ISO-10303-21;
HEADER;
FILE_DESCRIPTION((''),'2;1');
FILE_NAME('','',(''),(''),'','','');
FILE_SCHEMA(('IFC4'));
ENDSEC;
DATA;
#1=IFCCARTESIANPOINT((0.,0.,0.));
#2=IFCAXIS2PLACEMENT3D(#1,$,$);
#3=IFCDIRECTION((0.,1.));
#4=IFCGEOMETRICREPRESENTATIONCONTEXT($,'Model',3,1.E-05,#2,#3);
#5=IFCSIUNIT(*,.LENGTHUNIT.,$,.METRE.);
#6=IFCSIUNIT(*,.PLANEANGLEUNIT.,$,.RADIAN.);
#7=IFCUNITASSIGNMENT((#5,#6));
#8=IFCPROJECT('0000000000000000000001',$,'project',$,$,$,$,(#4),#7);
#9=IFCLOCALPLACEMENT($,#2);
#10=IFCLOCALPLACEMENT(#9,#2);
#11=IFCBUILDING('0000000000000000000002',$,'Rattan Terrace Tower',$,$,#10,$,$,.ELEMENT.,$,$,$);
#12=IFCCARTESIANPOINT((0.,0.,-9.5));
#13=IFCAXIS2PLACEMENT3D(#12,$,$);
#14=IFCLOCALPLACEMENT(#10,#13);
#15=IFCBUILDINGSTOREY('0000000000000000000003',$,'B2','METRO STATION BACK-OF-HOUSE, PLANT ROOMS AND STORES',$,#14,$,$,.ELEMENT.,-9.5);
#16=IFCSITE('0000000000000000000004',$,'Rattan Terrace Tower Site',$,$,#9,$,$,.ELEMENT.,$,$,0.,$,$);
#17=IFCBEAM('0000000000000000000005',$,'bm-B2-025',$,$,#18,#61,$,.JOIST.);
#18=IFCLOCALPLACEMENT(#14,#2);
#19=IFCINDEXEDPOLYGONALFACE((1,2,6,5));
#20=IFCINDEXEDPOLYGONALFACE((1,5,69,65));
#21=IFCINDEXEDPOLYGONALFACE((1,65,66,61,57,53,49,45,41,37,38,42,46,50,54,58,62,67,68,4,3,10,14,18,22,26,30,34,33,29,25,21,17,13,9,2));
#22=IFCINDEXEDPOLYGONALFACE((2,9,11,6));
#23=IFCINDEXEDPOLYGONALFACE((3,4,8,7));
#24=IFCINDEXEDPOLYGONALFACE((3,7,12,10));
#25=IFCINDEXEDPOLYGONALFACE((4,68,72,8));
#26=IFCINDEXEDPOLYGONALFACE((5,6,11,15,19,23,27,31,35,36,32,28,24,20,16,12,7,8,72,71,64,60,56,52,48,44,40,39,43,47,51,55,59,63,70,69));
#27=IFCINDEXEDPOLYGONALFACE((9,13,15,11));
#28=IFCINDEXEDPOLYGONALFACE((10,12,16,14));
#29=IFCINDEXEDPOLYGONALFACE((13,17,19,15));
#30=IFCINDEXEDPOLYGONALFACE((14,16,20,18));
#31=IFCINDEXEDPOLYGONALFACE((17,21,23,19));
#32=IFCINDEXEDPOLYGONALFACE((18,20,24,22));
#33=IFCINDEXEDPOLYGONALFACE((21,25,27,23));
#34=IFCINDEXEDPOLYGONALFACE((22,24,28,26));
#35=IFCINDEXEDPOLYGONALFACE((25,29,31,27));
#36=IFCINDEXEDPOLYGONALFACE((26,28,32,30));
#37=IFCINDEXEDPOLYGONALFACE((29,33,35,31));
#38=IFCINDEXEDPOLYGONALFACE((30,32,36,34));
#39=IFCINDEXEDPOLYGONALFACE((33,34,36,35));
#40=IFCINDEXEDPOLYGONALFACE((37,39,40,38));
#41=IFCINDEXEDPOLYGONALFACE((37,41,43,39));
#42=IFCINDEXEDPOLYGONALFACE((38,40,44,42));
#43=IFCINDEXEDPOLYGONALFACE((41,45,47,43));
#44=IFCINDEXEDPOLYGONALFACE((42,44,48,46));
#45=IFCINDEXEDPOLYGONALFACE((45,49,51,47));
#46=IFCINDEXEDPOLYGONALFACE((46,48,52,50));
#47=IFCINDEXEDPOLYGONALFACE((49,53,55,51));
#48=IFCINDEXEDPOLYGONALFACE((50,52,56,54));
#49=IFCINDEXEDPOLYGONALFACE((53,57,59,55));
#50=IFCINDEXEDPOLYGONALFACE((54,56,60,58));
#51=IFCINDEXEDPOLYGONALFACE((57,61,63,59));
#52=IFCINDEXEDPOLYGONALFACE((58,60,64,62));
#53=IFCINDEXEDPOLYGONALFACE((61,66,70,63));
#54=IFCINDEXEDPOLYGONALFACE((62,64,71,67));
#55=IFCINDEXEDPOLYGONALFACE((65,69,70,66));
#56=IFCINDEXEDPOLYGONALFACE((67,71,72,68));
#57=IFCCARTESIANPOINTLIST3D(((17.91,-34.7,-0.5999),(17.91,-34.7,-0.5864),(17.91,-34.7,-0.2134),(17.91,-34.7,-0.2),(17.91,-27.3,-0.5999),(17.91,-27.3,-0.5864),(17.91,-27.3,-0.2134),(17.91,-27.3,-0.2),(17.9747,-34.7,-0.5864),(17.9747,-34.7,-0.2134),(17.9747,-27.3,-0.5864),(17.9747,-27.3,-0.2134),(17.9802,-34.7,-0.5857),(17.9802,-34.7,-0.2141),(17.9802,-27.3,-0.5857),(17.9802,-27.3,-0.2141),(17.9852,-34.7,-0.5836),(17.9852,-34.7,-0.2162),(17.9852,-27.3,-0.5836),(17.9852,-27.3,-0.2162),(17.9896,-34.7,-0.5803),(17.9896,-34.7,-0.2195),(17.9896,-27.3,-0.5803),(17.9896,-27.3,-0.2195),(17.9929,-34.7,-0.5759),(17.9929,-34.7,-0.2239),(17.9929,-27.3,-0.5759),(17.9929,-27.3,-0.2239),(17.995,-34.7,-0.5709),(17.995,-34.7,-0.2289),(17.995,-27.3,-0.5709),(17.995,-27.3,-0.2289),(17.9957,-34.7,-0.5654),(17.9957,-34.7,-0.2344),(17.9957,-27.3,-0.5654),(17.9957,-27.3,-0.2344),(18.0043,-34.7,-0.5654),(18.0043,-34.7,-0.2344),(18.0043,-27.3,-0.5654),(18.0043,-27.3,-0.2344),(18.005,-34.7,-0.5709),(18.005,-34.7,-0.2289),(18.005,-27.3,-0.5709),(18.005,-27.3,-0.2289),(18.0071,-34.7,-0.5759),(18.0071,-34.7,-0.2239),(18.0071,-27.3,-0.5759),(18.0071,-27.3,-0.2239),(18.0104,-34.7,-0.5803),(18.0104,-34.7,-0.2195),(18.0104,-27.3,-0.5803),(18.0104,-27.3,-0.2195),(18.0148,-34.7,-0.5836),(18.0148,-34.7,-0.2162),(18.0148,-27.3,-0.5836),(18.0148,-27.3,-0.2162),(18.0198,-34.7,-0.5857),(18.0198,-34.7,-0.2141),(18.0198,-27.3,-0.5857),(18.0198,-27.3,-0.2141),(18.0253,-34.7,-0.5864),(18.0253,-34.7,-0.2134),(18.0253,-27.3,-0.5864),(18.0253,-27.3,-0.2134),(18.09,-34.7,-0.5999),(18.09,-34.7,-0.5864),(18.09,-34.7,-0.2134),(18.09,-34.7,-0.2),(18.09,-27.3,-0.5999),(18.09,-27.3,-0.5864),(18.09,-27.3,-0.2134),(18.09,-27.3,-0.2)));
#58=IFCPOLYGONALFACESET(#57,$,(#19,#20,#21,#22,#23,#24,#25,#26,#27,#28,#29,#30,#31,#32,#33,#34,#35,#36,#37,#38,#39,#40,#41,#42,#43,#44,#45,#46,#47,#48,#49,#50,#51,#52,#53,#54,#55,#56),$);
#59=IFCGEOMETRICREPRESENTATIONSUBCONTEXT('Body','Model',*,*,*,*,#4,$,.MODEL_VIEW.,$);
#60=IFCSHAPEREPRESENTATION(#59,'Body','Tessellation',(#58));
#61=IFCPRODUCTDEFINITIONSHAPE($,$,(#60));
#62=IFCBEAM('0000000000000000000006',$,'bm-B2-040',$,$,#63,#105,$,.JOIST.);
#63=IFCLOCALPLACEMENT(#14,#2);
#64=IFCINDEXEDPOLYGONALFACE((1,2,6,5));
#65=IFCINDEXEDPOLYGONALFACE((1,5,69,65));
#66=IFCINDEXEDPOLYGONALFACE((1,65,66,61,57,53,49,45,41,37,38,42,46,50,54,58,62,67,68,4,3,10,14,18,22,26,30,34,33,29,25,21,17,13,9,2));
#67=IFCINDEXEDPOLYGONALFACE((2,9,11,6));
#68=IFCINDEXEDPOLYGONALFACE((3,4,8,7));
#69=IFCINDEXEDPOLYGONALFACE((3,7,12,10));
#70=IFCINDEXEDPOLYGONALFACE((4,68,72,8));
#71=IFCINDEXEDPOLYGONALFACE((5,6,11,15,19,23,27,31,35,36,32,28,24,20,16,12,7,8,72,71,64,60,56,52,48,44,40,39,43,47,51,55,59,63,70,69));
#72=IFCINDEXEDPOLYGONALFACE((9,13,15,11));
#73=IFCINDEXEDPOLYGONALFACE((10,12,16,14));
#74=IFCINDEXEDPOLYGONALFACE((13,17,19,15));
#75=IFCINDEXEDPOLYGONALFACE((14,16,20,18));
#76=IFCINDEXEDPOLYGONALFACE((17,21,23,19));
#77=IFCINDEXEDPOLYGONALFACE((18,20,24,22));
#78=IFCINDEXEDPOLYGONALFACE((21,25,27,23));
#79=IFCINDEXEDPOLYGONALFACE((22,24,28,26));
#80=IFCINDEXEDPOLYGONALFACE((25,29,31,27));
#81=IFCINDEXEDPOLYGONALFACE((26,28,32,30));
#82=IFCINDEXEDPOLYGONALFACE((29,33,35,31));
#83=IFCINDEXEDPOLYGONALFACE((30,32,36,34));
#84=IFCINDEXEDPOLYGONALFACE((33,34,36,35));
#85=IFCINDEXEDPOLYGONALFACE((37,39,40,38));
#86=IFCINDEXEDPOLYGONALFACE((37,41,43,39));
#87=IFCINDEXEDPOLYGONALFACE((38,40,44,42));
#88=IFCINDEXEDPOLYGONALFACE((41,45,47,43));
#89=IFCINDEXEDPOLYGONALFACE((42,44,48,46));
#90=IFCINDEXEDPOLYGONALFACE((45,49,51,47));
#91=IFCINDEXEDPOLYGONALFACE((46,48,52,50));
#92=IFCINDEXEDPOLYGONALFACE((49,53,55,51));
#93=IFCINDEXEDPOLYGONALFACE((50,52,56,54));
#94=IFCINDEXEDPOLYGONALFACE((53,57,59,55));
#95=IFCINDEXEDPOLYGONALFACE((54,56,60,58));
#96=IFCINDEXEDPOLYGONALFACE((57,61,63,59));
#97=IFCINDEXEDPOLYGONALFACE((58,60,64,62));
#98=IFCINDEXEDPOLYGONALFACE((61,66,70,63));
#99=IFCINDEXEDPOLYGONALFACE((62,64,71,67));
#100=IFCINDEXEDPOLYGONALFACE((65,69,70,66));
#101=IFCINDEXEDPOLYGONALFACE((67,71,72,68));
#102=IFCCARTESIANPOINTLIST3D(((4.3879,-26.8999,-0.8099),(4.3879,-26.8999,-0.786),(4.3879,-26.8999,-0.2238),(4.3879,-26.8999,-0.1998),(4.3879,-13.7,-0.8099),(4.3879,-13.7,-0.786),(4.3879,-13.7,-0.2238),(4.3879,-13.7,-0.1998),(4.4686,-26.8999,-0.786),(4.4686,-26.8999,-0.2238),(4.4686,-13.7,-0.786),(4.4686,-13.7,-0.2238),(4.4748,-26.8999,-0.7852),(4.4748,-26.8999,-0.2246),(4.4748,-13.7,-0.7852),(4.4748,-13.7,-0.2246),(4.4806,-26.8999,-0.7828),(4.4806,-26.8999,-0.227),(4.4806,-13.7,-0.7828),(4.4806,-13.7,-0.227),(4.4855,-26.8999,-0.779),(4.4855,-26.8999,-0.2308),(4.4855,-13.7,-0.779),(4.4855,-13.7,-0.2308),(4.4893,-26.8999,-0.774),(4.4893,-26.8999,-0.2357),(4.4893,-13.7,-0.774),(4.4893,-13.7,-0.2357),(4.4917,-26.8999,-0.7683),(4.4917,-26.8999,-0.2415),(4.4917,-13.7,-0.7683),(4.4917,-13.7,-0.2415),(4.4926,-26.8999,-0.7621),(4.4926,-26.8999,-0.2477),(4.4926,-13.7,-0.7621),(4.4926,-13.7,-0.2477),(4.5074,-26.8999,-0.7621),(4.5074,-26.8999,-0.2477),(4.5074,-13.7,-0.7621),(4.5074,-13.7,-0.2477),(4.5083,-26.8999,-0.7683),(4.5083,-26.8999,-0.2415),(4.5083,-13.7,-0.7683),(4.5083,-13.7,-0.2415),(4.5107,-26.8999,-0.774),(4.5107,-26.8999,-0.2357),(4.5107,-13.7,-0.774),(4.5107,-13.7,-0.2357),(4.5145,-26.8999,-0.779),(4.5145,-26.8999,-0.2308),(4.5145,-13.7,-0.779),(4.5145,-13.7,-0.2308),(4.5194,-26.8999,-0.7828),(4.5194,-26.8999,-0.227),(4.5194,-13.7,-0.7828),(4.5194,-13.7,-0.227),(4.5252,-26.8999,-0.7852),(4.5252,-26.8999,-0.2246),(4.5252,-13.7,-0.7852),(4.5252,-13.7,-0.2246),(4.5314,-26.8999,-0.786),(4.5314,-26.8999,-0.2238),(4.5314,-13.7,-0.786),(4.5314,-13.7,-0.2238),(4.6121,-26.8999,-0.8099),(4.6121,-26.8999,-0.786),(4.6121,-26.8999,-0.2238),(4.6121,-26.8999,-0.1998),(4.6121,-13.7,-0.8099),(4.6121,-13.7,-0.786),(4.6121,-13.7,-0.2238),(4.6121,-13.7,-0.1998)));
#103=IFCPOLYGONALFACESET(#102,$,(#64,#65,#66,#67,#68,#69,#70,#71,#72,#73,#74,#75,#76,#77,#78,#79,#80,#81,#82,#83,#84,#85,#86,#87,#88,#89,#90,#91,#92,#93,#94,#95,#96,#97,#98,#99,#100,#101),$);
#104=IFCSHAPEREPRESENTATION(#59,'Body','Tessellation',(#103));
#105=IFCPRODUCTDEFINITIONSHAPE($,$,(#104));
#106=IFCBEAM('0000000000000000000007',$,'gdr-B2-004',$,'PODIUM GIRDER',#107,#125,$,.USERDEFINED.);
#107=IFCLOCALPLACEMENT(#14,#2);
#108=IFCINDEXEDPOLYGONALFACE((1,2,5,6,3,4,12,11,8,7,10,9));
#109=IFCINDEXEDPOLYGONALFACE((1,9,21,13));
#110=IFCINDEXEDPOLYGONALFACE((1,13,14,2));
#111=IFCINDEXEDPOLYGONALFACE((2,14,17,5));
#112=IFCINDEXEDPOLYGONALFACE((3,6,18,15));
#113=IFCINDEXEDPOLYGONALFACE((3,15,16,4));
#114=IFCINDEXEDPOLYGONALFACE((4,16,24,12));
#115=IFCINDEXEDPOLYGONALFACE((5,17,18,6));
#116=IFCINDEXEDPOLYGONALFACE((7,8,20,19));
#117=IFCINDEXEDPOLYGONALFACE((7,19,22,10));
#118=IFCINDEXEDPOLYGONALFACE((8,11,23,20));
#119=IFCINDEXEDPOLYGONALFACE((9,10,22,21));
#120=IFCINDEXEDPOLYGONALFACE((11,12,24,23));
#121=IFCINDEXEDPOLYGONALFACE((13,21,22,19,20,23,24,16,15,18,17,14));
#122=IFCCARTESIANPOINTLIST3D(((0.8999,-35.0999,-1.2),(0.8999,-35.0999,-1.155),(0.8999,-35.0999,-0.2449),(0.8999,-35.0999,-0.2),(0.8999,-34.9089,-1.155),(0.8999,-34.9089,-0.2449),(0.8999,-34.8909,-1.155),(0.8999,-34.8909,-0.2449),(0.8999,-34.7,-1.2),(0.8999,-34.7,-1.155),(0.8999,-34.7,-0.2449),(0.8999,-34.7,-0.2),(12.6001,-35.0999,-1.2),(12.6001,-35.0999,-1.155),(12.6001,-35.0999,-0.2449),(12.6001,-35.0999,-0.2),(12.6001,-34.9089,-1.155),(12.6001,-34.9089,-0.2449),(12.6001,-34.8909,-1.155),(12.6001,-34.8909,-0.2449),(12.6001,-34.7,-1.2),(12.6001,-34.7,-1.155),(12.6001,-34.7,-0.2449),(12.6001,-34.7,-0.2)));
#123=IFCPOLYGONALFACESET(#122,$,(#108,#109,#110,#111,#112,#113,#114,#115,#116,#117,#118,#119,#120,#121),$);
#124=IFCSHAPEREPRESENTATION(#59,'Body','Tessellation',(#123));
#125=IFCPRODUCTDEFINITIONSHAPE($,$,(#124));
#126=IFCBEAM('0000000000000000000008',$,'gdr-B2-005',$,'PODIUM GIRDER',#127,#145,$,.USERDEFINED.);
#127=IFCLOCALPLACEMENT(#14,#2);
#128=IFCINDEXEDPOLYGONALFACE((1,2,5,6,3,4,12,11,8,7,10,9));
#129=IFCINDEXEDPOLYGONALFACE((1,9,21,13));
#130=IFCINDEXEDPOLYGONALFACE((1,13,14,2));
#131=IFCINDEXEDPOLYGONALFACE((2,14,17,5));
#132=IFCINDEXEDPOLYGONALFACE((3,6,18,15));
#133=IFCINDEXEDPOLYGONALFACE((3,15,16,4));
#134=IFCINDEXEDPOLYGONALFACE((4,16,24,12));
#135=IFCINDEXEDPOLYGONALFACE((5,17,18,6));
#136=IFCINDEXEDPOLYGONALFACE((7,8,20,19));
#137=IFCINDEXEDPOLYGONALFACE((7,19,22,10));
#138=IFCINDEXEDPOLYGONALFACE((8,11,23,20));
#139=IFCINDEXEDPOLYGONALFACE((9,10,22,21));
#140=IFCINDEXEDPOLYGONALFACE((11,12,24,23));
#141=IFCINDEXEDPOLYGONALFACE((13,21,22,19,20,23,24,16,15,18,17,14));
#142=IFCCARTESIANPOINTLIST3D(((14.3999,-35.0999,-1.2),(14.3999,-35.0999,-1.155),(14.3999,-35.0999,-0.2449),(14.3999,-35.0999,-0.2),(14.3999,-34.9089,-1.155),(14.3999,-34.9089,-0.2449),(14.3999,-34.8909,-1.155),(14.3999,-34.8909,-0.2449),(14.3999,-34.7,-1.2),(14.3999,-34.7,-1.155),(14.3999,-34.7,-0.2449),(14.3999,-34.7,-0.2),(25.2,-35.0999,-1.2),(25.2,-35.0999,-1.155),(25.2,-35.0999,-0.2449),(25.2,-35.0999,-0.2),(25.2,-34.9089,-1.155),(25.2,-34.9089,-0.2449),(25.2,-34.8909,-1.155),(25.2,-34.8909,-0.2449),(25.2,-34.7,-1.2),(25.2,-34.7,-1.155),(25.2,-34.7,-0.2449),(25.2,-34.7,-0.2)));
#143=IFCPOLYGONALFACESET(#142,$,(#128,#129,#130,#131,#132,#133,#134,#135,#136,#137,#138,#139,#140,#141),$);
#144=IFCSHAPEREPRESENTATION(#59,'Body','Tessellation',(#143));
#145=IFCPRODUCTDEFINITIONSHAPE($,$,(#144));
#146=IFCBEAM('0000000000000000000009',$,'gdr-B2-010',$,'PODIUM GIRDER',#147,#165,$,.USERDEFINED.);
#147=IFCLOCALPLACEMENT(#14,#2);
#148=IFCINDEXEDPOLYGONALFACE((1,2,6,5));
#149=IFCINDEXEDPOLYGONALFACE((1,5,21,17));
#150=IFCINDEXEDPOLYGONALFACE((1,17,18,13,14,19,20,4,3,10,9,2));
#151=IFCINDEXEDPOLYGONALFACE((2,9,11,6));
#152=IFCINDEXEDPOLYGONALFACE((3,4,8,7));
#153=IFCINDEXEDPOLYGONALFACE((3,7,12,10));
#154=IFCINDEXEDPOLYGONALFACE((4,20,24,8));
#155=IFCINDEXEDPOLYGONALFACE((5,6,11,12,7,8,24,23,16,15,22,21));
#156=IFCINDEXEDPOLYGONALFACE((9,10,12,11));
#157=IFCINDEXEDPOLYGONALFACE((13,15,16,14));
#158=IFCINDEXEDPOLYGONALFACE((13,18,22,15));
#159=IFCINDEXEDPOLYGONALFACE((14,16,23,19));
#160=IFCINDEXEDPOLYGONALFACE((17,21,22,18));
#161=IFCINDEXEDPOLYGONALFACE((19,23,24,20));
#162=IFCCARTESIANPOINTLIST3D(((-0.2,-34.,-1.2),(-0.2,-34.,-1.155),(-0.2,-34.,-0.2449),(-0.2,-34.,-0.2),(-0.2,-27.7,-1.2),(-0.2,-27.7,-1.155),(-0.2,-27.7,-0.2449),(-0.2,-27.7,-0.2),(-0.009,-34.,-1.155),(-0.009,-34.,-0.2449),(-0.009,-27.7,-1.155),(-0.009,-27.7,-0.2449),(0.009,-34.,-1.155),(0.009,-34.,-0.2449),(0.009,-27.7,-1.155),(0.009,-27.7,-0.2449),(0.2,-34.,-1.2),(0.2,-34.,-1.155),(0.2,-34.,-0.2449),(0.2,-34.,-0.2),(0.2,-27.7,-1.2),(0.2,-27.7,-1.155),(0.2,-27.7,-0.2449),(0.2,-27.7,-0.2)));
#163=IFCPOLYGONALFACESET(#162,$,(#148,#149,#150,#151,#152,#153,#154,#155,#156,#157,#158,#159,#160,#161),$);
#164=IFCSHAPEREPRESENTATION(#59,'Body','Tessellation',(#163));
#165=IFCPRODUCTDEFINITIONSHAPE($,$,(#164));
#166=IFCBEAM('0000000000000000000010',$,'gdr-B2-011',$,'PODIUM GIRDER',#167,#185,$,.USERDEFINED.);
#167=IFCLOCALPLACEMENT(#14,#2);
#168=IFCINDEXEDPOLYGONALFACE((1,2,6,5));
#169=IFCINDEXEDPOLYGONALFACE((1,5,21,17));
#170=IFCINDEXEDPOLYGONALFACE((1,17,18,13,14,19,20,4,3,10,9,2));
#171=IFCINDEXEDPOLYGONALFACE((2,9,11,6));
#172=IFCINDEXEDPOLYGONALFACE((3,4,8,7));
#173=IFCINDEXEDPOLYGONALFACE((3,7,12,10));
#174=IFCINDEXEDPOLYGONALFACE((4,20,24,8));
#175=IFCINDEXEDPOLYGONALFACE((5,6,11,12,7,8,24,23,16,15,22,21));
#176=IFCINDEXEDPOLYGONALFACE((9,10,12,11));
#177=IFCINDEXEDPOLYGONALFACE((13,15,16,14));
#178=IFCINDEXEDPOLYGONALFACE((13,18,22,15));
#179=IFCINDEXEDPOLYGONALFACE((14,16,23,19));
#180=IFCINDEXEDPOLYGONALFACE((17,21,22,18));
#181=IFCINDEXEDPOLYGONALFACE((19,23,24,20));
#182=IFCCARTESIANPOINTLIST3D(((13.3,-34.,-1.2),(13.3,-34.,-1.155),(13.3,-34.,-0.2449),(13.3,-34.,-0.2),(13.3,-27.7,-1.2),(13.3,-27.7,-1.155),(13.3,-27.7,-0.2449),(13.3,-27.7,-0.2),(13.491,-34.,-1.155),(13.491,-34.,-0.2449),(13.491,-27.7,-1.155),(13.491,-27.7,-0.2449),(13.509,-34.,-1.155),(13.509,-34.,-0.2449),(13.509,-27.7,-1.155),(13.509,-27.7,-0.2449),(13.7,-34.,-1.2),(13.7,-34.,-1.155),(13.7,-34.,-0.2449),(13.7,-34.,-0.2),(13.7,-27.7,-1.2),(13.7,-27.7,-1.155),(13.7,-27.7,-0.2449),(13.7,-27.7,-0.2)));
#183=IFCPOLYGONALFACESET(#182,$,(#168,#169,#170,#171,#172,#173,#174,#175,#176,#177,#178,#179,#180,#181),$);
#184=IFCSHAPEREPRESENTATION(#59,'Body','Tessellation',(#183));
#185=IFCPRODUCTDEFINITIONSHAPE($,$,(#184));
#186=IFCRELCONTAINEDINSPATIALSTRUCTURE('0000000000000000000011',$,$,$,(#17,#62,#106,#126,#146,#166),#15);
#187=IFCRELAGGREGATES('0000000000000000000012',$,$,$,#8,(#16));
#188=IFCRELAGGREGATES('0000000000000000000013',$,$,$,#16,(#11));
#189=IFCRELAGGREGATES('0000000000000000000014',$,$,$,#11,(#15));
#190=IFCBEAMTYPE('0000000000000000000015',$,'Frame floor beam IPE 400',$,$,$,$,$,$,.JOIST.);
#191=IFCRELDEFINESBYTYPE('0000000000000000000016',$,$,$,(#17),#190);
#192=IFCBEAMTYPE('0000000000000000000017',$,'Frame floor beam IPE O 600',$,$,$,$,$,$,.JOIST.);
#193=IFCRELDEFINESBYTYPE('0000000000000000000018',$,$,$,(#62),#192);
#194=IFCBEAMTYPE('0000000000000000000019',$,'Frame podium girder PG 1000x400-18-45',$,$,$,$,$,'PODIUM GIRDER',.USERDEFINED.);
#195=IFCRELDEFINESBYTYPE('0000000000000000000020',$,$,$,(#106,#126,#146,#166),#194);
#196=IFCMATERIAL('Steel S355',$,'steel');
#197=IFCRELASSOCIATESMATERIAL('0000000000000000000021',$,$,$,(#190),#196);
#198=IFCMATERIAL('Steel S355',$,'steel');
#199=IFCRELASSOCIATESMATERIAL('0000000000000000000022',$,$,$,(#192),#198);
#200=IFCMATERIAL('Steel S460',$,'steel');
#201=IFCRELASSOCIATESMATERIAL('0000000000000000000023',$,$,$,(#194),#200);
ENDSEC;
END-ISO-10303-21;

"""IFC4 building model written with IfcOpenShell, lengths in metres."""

from ifc_helpers import new_model, si_unit, direction, frame, origin, origin_2d, place, context, subcontext, project, spatial, i_section, extrude, material, material_profile, profile_set, type_object, element, save


model = new_model("IFC4")

# Units and contexts
model_context = context("Model", 3, precision=1e-05, world=origin(), true_north=direction((0.0, 1.0)))
body_context = subcontext(model_context, "Body", "Model", "MODEL_VIEW")
ifc_project = project(units=[si_unit("LENGTHUNIT", "METRE"), si_unit("PLANEANGLEUNIT", "RADIAN")], contexts=[model_context])

# Site, building, storey
site_placement = place(None, origin())
site = spatial("IfcSite", under=ifc_project, at=site_placement, Name="Rattan Terrace Tower Site", CompositionType="ELEMENT", RefElevation=0.0)
building_placement = place(site_placement, origin())
building = spatial("IfcBuilding", under=site, at=building_placement, Name="Rattan Terrace Tower", CompositionType="ELEMENT")
storey_placement = place(building_placement, frame((0.0, 0.0, -9.5)))
storey = spatial("IfcBuildingStorey", under=building, at=storey_placement, Name="B2", Description="METRO STATION BACK-OF-HOUSE, PLANT ROOMS AND STORES", CompositionType="ELEMENT", Elevation=-9.5)

# Beams
ifc_material_1 = material(Name="Steel S355", Category="steel")
ifc_material_profile_1 = material_profile(ifc_material_1, i_section(OverallWidth=0.1799, OverallDepth=0.3999, WebThickness=0.0085, FlangeThickness=0.0134, FilletRadius=0.021, at=origin_2d()), Name="IPE 400")
ifc_profile_set_1 = profile_set([ifc_material_profile_1], Name="Steel S355")
beam_type_1 = type_object("IfcBeamType", Name="Frame floor beam IPE 400", PredefinedType="JOIST", material=ifc_profile_set_1)
for number, where, z_axis, x_axis, name in (
    (1, (18.0, -34.7, -0.3999), (0.0, 1.0, 0.0), (-1.0, 0.0, 0.0), "bm-B2-025"),
):
    element("IfcBeam", number, at=place(storey_placement, frame(where, z_axis=z_axis, x_axis=x_axis)), inside=storey, type_object=beam_type_1, Name=name, PredefinedType="JOIST", context=body_context, shape_type="SweptSolid", body=[
        extrude(i_section(OverallWidth=0.1799, OverallDepth=0.3999, WebThickness=0.0085, FlangeThickness=0.0134, FilletRadius=0.021, at=origin_2d()), origin(), (0.0, 0.0, 1.0), 7.3999),
    ])
ifc_material_2 = material(Name="Steel S355", Category="steel")
ifc_material_profile_2 = material_profile(ifc_material_2, i_section(OverallWidth=0.2241, OverallDepth=0.6101, WebThickness=0.0149, FlangeThickness=0.0239, FilletRadius=0.0239, at=origin_2d()), Name="IPE O 600")
ifc_profile_set_2 = profile_set([ifc_material_profile_2], Name="Steel S355")
beam_type_2 = type_object("IfcBeamType", Name="Frame floor beam IPE O 600", PredefinedType="JOIST", material=ifc_profile_set_2)
beam_1_placement = place(storey_placement, frame((4.5, -26.8999, -0.5049), z_axis=(0.0, 1.0, 0.0), x_axis=(-1.0, 0.0, 0.0)))
element("IfcBeam", 2, at=beam_1_placement, inside=storey, type_object=beam_type_2, Name="bm-B2-040", PredefinedType="JOIST", context=body_context, shape_type="SweptSolid", body=[
    extrude(i_section(OverallWidth=0.2241, OverallDepth=0.6101, WebThickness=0.0149, FlangeThickness=0.0239, FilletRadius=0.0239, at=origin_2d()), origin(), (0.0, 0.0, 1.0), 13.2),
])
ifc_material_3 = material(Name="Steel S460", Category="steel")
ifc_material_profile_3 = material_profile(ifc_material_3, i_section(OverallWidth=0.3999, OverallDepth=1.0, WebThickness=0.0181, FlangeThickness=0.0449, at=origin_2d()), Name="PG 1000x400-18-45")
ifc_profile_set_3 = profile_set([ifc_material_profile_3], Name="Steel S460")
beam_type_3 = type_object("IfcBeamType", Name="Frame podium girder PG 1000x400-18-45", ElementType="PODIUM GIRDER", PredefinedType="USERDEFINED", material=ifc_profile_set_3)
beam_2_placement = place(storey_placement, frame((0.8999, -34.8999, -0.7), z_axis=(1.0, 0.0, 0.0), x_axis=(0.0, 1.0, 0.0)))
element("IfcBeam", 3, at=beam_2_placement, inside=storey, type_object=beam_type_3, Name="gdr-B2-004", ObjectType="PODIUM GIRDER", PredefinedType="USERDEFINED", context=body_context, shape_type="SweptSolid", body=[
    extrude(i_section(OverallWidth=0.3999, OverallDepth=1.0, WebThickness=0.0181, FlangeThickness=0.0449, at=origin_2d()), origin(), (0.0, 0.0, 1.0), 11.7002),
])
beam_3_placement = place(storey_placement, frame((14.3999, -34.8999, -0.7), z_axis=(1.0, 0.0, 0.0), x_axis=(0.0, 1.0, 0.0)))
element("IfcBeam", 4, at=beam_3_placement, inside=storey, type_object=beam_type_3, Name="gdr-B2-005", ObjectType="PODIUM GIRDER", PredefinedType="USERDEFINED", context=body_context, shape_type="SweptSolid", body=[
    extrude(i_section(OverallWidth=0.3999, OverallDepth=1.0, WebThickness=0.0181, FlangeThickness=0.0449, at=origin_2d()), origin(), (0.0, 0.0, 1.0), 10.8),
])
for number, where, z_axis, x_axis, name in (
    (5, (0.0, -34.0, -0.7), (0.0, 1.0, 0.0), (-1.0, 0.0, 0.0), "gdr-B2-010"),
    (6, (13.5, -34.0, -0.7), (0.0, 1.0, 0.0), (-1.0, 0.0, 0.0), "gdr-B2-011"),
):
    element("IfcBeam", number, at=place(storey_placement, frame(where, z_axis=z_axis, x_axis=x_axis)), inside=storey, type_object=beam_type_3, Name=name, ObjectType="PODIUM GIRDER", PredefinedType="USERDEFINED", context=body_context, shape_type="SweptSolid", body=[
        extrude(i_section(OverallWidth=0.3999, OverallDepth=1.0, WebThickness=0.0181, FlangeThickness=0.0449, at=origin_2d()), origin(), (0.0, 0.0, 1.0), 6.3),
    ])

save(model, "model.ifc")
